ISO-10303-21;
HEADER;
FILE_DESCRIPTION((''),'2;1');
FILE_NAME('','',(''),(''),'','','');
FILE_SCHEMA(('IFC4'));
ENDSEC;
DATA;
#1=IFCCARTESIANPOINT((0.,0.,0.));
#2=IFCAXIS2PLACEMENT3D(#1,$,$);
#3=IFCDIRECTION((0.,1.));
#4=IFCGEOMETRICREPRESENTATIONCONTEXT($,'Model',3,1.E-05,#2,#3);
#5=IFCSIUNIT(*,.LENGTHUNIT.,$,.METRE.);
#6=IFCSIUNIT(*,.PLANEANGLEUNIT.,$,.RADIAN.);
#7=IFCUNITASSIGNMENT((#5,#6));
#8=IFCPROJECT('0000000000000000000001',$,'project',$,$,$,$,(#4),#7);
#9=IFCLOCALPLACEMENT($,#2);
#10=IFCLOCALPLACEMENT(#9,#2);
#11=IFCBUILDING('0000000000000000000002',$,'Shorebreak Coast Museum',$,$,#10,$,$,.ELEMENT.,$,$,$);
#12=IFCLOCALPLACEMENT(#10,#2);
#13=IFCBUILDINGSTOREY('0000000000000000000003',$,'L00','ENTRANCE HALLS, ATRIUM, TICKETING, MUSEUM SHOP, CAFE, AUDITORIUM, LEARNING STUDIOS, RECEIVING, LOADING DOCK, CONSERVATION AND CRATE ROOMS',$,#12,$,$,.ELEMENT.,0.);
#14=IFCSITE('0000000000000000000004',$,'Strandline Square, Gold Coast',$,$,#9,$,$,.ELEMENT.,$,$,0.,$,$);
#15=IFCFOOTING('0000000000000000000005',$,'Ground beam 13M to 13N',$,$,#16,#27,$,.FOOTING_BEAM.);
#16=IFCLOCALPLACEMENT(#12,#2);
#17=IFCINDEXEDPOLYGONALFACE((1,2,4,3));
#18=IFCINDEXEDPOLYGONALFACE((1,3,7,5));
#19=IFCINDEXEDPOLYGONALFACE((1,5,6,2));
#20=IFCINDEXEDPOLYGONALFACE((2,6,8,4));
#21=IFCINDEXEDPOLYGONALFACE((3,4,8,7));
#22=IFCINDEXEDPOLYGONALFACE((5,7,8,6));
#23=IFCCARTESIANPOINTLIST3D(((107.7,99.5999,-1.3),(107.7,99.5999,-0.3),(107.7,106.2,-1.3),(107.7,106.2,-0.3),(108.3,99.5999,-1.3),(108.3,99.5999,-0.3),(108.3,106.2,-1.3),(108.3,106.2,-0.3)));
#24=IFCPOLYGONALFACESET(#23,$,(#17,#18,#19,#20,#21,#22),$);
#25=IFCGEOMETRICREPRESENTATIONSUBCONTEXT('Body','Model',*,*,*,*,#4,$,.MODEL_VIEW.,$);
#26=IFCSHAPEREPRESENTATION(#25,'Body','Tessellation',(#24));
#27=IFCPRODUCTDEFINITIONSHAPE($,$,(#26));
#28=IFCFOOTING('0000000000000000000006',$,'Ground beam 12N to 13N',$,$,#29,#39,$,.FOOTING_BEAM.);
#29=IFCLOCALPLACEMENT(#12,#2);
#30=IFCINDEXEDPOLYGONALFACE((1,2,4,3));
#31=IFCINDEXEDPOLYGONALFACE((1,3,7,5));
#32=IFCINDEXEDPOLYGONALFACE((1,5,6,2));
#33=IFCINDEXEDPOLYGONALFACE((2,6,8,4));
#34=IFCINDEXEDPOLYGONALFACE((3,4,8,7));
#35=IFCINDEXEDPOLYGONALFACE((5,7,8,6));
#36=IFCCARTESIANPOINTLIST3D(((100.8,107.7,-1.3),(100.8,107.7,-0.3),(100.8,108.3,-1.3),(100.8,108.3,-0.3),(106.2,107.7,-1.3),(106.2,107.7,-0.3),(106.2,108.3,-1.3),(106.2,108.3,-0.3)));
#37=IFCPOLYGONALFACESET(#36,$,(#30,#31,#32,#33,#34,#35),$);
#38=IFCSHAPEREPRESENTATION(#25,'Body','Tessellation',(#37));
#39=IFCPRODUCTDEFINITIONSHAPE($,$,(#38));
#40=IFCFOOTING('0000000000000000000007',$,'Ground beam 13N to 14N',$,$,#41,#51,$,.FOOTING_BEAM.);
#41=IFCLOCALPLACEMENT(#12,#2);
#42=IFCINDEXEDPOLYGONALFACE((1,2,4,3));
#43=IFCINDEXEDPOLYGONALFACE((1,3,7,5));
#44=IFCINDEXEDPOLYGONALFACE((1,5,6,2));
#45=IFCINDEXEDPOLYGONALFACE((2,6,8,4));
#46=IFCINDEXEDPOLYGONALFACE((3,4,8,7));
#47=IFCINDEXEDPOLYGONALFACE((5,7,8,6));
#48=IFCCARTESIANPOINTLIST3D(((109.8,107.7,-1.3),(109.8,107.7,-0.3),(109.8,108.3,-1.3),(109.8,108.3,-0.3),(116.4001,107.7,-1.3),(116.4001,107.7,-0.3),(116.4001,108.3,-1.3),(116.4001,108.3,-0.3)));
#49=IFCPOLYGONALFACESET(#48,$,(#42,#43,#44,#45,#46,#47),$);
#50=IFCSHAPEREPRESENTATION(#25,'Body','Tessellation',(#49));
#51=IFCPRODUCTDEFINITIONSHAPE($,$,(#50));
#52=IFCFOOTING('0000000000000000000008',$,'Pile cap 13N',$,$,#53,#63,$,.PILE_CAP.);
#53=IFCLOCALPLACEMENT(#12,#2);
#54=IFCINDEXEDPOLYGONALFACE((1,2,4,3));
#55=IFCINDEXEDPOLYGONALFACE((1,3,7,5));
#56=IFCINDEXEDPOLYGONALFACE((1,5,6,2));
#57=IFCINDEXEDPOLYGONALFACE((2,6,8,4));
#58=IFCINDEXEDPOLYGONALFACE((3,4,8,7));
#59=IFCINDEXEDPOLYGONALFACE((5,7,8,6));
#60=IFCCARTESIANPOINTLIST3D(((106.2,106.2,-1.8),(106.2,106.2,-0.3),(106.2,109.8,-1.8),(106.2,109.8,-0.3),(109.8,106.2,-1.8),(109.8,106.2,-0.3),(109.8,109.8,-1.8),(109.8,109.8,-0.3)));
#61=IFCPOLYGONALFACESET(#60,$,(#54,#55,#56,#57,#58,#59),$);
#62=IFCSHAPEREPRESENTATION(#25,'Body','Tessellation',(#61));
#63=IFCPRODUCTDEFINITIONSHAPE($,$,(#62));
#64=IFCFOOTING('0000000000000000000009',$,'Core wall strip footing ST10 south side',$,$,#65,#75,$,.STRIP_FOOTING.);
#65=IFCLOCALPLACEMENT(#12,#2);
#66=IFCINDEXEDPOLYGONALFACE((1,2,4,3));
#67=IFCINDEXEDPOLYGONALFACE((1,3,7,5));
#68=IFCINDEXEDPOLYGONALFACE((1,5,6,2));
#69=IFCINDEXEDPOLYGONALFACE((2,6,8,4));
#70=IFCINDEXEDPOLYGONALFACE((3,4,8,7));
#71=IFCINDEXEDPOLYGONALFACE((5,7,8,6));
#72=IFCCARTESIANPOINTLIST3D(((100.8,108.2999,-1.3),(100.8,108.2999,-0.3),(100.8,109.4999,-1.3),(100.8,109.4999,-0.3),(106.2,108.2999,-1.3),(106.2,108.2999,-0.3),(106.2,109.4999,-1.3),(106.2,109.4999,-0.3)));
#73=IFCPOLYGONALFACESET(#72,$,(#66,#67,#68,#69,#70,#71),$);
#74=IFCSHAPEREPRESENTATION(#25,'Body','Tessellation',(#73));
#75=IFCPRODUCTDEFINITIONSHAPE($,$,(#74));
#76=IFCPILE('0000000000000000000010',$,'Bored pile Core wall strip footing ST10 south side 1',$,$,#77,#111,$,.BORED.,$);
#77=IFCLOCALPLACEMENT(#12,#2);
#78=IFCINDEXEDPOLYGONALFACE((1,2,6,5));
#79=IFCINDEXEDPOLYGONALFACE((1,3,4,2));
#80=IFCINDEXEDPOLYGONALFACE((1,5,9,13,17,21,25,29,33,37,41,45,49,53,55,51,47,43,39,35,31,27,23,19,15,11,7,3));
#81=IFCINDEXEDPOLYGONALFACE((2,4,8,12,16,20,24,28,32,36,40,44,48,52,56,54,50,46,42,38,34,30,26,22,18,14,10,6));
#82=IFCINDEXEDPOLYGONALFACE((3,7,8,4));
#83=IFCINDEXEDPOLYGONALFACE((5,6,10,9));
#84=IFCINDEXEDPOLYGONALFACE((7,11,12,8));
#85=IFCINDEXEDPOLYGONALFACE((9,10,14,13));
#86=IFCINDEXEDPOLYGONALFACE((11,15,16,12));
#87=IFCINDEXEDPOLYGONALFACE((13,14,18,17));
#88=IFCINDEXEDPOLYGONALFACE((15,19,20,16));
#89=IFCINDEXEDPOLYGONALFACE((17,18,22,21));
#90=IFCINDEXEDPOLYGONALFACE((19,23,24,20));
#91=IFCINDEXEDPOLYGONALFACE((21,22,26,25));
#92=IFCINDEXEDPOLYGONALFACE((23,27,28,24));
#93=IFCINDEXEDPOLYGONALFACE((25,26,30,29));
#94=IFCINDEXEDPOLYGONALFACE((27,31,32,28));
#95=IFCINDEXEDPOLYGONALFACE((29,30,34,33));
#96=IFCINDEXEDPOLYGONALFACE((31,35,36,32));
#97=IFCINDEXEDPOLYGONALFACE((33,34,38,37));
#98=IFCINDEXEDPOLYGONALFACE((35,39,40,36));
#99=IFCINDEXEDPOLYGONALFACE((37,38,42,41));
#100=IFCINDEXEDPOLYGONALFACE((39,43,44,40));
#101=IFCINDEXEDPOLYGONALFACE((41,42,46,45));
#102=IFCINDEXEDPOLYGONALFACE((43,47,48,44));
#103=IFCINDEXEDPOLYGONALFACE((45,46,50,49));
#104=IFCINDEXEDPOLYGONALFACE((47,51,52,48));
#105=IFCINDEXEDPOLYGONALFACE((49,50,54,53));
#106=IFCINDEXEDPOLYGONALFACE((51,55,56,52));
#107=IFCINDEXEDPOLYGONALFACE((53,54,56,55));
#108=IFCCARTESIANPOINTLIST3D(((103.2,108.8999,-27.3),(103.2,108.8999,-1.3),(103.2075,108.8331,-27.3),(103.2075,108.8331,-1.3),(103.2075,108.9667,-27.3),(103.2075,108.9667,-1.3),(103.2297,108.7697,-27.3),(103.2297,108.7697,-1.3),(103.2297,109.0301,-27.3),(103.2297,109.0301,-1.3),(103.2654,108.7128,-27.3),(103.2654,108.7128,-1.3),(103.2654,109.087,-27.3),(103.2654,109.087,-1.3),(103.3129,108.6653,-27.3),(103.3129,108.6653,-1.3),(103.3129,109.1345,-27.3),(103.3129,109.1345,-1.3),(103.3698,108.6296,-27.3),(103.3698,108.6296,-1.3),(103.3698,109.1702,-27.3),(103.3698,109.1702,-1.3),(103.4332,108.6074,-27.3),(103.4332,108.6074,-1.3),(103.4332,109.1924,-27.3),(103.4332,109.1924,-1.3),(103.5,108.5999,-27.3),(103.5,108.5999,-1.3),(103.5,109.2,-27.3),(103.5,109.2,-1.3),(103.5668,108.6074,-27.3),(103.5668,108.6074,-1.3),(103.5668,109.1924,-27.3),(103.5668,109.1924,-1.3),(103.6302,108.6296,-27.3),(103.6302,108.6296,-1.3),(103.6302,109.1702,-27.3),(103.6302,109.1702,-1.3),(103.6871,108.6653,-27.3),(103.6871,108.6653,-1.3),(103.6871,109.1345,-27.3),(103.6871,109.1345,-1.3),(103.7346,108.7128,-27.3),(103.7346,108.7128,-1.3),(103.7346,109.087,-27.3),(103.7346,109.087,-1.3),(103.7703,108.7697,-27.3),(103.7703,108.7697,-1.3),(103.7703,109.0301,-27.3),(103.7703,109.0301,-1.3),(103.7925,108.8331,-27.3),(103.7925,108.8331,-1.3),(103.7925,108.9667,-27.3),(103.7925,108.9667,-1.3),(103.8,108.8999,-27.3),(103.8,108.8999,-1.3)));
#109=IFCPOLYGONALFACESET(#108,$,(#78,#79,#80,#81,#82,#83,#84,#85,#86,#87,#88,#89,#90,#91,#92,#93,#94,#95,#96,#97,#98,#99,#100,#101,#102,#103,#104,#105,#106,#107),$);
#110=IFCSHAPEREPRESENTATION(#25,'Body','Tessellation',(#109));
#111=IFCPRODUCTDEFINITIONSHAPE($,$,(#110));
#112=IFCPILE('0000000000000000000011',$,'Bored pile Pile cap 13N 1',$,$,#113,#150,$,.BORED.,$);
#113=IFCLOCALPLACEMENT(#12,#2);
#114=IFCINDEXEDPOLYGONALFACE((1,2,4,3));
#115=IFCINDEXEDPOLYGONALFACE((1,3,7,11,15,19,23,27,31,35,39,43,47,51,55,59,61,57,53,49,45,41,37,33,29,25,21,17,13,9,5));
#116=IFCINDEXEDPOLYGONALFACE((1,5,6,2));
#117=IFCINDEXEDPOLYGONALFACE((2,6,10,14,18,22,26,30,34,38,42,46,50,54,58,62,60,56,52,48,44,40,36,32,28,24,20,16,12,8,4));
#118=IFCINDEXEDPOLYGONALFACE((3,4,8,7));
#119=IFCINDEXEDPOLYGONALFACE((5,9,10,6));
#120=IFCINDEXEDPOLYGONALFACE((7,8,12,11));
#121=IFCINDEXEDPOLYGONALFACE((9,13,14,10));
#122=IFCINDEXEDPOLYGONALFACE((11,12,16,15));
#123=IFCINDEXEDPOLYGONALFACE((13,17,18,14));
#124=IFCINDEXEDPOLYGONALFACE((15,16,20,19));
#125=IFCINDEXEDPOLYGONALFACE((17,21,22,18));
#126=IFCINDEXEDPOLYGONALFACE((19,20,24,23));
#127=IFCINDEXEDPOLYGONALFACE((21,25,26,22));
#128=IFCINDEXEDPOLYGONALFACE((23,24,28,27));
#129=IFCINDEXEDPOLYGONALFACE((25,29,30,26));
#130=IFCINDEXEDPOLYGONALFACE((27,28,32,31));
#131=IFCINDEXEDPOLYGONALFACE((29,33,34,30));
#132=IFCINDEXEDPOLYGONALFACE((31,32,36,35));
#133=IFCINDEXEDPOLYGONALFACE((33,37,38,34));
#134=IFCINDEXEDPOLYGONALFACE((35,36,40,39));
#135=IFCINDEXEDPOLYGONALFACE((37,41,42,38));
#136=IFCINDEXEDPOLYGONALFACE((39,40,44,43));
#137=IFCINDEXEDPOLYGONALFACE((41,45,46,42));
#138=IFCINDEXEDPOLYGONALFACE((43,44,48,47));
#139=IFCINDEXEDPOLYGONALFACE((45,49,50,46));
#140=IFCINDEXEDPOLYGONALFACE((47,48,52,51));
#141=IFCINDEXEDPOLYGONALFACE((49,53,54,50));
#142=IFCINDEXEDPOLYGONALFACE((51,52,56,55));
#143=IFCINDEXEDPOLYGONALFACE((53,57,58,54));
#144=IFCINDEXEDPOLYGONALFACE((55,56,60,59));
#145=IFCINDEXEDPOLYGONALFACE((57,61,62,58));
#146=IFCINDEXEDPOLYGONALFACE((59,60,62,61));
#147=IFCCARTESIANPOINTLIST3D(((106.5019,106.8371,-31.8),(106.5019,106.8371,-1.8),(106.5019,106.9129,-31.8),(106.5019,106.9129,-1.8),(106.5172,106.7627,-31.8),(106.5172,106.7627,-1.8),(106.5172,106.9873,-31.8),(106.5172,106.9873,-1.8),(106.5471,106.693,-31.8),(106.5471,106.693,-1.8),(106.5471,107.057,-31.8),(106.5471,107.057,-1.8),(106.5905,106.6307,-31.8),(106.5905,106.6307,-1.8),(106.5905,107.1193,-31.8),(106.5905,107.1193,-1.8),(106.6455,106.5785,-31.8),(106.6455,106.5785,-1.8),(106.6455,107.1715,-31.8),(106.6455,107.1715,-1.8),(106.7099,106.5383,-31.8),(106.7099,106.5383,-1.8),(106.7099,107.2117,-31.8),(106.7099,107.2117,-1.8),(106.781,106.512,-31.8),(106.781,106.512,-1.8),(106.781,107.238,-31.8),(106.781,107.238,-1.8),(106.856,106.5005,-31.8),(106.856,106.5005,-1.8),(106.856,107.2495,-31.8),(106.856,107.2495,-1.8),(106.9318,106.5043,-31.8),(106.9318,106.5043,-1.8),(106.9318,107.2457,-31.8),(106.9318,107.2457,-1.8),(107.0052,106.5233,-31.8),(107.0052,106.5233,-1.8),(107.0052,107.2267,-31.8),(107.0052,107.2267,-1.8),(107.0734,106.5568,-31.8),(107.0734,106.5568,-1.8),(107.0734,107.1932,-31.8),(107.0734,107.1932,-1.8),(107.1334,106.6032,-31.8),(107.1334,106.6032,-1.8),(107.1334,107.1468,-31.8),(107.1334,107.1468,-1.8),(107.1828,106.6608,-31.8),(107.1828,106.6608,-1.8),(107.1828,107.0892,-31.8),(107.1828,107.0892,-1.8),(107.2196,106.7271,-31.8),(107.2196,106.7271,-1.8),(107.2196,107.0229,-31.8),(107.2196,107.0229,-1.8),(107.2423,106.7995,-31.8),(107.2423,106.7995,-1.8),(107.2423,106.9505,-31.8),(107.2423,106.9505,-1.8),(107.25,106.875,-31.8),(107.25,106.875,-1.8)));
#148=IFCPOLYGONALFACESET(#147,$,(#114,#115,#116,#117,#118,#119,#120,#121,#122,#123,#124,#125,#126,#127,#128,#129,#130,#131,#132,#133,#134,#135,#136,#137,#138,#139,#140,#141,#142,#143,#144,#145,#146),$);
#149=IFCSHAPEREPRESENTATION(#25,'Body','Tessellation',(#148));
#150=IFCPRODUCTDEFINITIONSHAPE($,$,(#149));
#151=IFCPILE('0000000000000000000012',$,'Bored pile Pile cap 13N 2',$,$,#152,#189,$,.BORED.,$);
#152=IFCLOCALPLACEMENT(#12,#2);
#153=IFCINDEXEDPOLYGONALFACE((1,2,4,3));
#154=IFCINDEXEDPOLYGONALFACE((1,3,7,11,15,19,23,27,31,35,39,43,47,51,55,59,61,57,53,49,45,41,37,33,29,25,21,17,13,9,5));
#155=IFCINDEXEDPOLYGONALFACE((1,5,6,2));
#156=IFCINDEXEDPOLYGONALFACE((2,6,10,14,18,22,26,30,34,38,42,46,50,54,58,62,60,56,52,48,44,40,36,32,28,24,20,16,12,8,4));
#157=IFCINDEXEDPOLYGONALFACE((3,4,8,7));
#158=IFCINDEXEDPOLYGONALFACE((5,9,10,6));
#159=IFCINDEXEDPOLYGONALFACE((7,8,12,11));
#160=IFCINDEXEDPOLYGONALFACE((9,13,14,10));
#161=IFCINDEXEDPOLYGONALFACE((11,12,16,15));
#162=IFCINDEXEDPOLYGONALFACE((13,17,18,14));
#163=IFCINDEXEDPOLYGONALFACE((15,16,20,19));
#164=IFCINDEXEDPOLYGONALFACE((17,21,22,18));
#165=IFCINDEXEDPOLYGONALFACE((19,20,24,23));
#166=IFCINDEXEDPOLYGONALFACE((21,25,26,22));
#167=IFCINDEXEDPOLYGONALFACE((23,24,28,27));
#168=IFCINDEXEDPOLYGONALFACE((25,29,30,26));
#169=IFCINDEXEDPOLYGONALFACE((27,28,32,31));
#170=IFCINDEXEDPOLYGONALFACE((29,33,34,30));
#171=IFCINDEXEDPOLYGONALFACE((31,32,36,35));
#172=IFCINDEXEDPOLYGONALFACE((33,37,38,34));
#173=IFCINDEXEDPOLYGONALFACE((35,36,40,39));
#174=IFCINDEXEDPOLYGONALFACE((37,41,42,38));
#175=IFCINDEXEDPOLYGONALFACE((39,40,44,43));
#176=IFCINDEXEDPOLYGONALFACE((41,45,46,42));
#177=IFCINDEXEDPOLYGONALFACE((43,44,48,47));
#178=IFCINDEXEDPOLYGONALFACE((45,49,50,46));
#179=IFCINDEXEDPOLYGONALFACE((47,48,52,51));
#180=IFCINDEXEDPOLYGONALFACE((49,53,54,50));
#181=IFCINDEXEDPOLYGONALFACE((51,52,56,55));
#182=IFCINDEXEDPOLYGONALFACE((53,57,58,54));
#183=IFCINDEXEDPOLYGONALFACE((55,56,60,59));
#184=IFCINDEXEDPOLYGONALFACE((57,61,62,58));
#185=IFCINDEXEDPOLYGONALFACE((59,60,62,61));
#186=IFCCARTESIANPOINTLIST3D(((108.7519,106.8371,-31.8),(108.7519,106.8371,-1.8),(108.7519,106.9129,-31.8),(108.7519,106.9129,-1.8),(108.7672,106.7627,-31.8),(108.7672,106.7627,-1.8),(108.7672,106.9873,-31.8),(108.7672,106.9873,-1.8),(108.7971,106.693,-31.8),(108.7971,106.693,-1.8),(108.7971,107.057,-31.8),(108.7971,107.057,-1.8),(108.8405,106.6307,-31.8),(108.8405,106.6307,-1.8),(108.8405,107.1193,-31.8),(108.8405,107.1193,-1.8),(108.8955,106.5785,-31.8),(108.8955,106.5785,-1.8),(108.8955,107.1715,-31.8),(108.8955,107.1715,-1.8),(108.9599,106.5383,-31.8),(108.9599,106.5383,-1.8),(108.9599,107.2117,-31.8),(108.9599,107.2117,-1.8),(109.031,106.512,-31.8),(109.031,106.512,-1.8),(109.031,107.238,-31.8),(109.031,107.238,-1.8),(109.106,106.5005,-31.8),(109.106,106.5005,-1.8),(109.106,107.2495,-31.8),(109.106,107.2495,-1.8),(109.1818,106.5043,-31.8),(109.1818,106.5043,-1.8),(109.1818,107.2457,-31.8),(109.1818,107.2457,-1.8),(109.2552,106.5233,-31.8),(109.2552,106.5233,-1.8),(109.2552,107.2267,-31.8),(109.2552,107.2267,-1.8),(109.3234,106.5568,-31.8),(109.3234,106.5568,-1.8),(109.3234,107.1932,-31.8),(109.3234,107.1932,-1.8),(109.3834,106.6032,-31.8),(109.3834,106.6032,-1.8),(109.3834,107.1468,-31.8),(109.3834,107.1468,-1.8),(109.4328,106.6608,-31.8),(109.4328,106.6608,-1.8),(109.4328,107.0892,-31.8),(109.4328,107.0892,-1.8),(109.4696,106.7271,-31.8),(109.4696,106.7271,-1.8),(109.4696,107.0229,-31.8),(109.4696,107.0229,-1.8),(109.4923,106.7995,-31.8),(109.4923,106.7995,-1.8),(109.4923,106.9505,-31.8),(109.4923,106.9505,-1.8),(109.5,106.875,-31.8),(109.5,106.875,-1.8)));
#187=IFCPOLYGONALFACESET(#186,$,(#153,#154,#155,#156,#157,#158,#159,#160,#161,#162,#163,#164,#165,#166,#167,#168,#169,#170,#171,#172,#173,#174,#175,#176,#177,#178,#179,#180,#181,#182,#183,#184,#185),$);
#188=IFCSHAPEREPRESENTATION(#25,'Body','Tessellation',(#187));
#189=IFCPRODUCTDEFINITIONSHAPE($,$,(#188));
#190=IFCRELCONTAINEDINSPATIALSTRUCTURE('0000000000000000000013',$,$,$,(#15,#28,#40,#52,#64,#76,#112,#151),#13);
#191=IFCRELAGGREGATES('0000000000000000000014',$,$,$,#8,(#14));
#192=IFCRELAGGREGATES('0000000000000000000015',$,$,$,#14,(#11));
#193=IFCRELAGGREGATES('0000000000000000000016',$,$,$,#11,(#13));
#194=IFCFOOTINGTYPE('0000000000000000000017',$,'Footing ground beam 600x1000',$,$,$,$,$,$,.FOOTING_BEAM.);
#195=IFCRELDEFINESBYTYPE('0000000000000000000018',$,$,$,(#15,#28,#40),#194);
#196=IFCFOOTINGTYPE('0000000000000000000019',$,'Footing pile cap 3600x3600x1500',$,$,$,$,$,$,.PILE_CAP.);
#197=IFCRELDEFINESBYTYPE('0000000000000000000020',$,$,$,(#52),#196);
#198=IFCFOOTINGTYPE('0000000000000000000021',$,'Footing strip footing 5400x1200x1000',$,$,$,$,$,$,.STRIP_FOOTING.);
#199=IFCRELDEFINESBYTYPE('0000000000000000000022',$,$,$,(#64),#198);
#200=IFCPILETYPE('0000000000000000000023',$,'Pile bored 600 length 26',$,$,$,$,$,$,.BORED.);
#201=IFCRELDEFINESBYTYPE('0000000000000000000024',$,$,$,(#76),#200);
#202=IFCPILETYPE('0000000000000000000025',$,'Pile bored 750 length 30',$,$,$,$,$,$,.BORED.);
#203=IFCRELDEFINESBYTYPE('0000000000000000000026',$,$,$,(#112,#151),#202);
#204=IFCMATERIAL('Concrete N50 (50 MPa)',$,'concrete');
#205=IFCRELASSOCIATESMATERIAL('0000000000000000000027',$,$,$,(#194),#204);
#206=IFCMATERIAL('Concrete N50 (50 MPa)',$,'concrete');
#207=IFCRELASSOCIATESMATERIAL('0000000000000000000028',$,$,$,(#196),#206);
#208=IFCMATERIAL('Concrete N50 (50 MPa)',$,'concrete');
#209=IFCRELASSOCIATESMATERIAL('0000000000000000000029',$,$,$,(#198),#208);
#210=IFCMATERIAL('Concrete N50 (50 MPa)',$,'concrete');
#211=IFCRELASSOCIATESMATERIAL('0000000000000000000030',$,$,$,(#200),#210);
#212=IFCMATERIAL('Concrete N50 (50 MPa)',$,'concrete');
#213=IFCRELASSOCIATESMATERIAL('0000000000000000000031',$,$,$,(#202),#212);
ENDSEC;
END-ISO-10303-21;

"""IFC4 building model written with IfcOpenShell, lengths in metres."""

from ifc_helpers import new_model, si_unit, direction, frame, origin, origin_2d, place, context, subcontext, project, spatial, rectangle, circle, extrude, material, material_profile, profile_set, type_object, element, save


model = new_model("IFC4")

# Units and contexts
model_context = context("Model", 3, precision=1e-05, world=origin(), true_north=direction((0.0, 1.0)))
body_context = subcontext(model_context, "Body", "Model", "MODEL_VIEW")
ifc_project = project(units=[si_unit("LENGTHUNIT", "METRE"), si_unit("PLANEANGLEUNIT", "RADIAN")], contexts=[model_context])

# Site, building, storey
site_placement = place(None, origin())
site = spatial("IfcSite", under=ifc_project, at=site_placement, Name="Strandline Square, Gold Coast", CompositionType="ELEMENT", RefElevation=0.0)
building_placement = place(site_placement, origin())
building = spatial("IfcBuilding", under=site, at=building_placement, Name="Shorebreak Coast Museum", CompositionType="ELEMENT")
storey_placement = place(building_placement, origin())
storey = spatial("IfcBuildingStorey", under=building, at=storey_placement, Name="L00", Description="ENTRANCE HALLS, ATRIUM, TICKETING, MUSEUM SHOP, CAFE, AUDITORIUM, LEARNING STUDIOS, RECEIVING, LOADING DOCK, CONSERVATION AND CRATE ROOMS", CompositionType="ELEMENT", Elevation=0.0)

# Footings
ifc_material_1 = material(Name="Concrete N50 (50 MPa)", Category="concrete")
footing_type_1 = type_object("IfcFootingType", Name="Footing ground beam 600x1000", PredefinedType="FOOTING_BEAM", material=ifc_material_1)
footing_1_placement = place(storey_placement, frame((108.0, 102.8999, -1.3), z_axis=(0.0, 0.0, 1.0), x_axis=(1.0, 0.0, 0.0)))
element("IfcFooting", 1, at=footing_1_placement, inside=storey, type_object=footing_type_1, Name="Ground beam 13M to 13N", PredefinedType="FOOTING_BEAM", context=body_context, shape_type="SweptSolid", body=[
    extrude(rectangle(XDim=0.6001, YDim=6.6001, at=origin_2d()), origin(), (0.0, 0.0, 1.0), 1.0),
])
footing_2_placement = place(storey_placement, frame((103.5, 108.0, -1.3), z_axis=(0.0, 0.0, 1.0), x_axis=(1.0, 0.0, 0.0)))
element("IfcFooting", 2, at=footing_2_placement, inside=storey, type_object=footing_type_1, Name="Ground beam 12N to 13N", PredefinedType="FOOTING_BEAM", context=body_context, shape_type="SweptSolid", body=[
    extrude(rectangle(XDim=5.3999, YDim=0.6001, at=origin_2d()), origin(), (0.0, 0.0, 1.0), 1.0),
])
footing_3_placement = place(storey_placement, frame((113.1001, 108.0, -1.3), z_axis=(0.0, 0.0, 1.0), x_axis=(1.0, 0.0, 0.0)))
element("IfcFooting", 3, at=footing_3_placement, inside=storey, type_object=footing_type_1, Name="Ground beam 13N to 14N", PredefinedType="FOOTING_BEAM", context=body_context, shape_type="SweptSolid", body=[
    extrude(rectangle(XDim=6.6001, YDim=0.6001, at=origin_2d()), origin(), (0.0, 0.0, 1.0), 1.0),
])
ifc_material_2 = material(Name="Concrete N50 (50 MPa)", Category="concrete")
footing_type_2 = type_object("IfcFootingType", Name="Footing pile cap 3600x3600x1500", PredefinedType="PILE_CAP", material=ifc_material_2)
footing_4_placement = place(storey_placement, frame((108.0, 108.0, -1.8), z_axis=(0.0, 0.0, 1.0), x_axis=(1.0, 0.0, 0.0)))
element("IfcFooting", 4, at=footing_4_placement, inside=storey, type_object=footing_type_2, Name="Pile cap 13N", PredefinedType="PILE_CAP", context=body_context, shape_type="SweptSolid", body=[
    extrude(rectangle(XDim=3.6001, YDim=3.6001, at=origin_2d()), origin(), (0.0, 0.0, 1.0), 1.5),
])
ifc_material_3 = material(Name="Concrete N50 (50 MPa)", Category="concrete")
footing_type_3 = type_object("IfcFootingType", Name="Footing strip footing 5400x1200x1000", PredefinedType="STRIP_FOOTING", material=ifc_material_3)
footing_5_placement = place(storey_placement, frame((103.5, 108.8999, -1.3), z_axis=(0.0, 0.0, 1.0), x_axis=(1.0, 0.0, 0.0)))
element("IfcFooting", 5, at=footing_5_placement, inside=storey, type_object=footing_type_3, Name="Core wall strip footing ST10 south side", PredefinedType="STRIP_FOOTING", context=body_context, shape_type="SweptSolid", body=[
    extrude(rectangle(XDim=5.3999, YDim=1.2, at=origin_2d()), origin(), (0.0, 0.0, 1.0), 1.0),
])

# Piles
ifc_material_4 = material(Name="Concrete N50 (50 MPa)", Category="concrete")
ifc_material_profile_1 = material_profile(ifc_material_4, circle(Radius=0.3, at=origin_2d()), Name="Pile bored 600 length 26")
ifc_profile_set_1 = profile_set([ifc_material_profile_1], Name="Concrete N50 (50 MPa)")
pile_type_1 = type_object("IfcPileType", Name="Pile bored 600 length 26", PredefinedType="BORED", material=ifc_profile_set_1)
pile_placement = place(storey_placement, frame((103.5, 108.8999, -1.3), z_axis=(0.0, 0.0, -1.0), x_axis=(1.0, 0.0, 0.0)))
element("IfcPile", 6, at=pile_placement, inside=storey, type_object=pile_type_1, Name="Bored pile Core wall strip footing ST10 south side 1", PredefinedType="BORED", context=body_context, shape_type="SweptSolid", body=[
    extrude(circle(Radius=0.3, at=origin_2d()), origin(), (0.0, 0.0, 1.0), 26.0),
])
ifc_material_5 = material(Name="Concrete N50 (50 MPa)", Category="concrete")
ifc_material_profile_2 = material_profile(ifc_material_5, circle(Radius=0.375, at=origin_2d()), Name="Pile bored 750 length 30")
ifc_profile_set_2 = profile_set([ifc_material_profile_2], Name="Concrete N50 (50 MPa)")
pile_type_2 = type_object("IfcPileType", Name="Pile bored 750 length 30", PredefinedType="BORED", material=ifc_profile_set_2)
for number, where, z_axis, x_axis, name in (
    (7, (106.875, 106.875, -1.8), (0.0, 0.0, -1.0), (1.0, 0.0, 0.0), "Bored pile Pile cap 13N 1"),
    (8, (109.125, 106.875, -1.8), (0.0, 0.0, -1.0), (1.0, 0.0, 0.0), "Bored pile Pile cap 13N 2"),
):
    element("IfcPile", number, at=place(storey_placement, frame(where, z_axis=z_axis, x_axis=x_axis)), inside=storey, type_object=pile_type_2, Name=name, PredefinedType="BORED", context=body_context, shape_type="SweptSolid", body=[
        extrude(circle(Radius=0.375, at=origin_2d()), origin(), (0.0, 0.0, 1.0), 30.0),
    ])

save(model, "model.ifc")
